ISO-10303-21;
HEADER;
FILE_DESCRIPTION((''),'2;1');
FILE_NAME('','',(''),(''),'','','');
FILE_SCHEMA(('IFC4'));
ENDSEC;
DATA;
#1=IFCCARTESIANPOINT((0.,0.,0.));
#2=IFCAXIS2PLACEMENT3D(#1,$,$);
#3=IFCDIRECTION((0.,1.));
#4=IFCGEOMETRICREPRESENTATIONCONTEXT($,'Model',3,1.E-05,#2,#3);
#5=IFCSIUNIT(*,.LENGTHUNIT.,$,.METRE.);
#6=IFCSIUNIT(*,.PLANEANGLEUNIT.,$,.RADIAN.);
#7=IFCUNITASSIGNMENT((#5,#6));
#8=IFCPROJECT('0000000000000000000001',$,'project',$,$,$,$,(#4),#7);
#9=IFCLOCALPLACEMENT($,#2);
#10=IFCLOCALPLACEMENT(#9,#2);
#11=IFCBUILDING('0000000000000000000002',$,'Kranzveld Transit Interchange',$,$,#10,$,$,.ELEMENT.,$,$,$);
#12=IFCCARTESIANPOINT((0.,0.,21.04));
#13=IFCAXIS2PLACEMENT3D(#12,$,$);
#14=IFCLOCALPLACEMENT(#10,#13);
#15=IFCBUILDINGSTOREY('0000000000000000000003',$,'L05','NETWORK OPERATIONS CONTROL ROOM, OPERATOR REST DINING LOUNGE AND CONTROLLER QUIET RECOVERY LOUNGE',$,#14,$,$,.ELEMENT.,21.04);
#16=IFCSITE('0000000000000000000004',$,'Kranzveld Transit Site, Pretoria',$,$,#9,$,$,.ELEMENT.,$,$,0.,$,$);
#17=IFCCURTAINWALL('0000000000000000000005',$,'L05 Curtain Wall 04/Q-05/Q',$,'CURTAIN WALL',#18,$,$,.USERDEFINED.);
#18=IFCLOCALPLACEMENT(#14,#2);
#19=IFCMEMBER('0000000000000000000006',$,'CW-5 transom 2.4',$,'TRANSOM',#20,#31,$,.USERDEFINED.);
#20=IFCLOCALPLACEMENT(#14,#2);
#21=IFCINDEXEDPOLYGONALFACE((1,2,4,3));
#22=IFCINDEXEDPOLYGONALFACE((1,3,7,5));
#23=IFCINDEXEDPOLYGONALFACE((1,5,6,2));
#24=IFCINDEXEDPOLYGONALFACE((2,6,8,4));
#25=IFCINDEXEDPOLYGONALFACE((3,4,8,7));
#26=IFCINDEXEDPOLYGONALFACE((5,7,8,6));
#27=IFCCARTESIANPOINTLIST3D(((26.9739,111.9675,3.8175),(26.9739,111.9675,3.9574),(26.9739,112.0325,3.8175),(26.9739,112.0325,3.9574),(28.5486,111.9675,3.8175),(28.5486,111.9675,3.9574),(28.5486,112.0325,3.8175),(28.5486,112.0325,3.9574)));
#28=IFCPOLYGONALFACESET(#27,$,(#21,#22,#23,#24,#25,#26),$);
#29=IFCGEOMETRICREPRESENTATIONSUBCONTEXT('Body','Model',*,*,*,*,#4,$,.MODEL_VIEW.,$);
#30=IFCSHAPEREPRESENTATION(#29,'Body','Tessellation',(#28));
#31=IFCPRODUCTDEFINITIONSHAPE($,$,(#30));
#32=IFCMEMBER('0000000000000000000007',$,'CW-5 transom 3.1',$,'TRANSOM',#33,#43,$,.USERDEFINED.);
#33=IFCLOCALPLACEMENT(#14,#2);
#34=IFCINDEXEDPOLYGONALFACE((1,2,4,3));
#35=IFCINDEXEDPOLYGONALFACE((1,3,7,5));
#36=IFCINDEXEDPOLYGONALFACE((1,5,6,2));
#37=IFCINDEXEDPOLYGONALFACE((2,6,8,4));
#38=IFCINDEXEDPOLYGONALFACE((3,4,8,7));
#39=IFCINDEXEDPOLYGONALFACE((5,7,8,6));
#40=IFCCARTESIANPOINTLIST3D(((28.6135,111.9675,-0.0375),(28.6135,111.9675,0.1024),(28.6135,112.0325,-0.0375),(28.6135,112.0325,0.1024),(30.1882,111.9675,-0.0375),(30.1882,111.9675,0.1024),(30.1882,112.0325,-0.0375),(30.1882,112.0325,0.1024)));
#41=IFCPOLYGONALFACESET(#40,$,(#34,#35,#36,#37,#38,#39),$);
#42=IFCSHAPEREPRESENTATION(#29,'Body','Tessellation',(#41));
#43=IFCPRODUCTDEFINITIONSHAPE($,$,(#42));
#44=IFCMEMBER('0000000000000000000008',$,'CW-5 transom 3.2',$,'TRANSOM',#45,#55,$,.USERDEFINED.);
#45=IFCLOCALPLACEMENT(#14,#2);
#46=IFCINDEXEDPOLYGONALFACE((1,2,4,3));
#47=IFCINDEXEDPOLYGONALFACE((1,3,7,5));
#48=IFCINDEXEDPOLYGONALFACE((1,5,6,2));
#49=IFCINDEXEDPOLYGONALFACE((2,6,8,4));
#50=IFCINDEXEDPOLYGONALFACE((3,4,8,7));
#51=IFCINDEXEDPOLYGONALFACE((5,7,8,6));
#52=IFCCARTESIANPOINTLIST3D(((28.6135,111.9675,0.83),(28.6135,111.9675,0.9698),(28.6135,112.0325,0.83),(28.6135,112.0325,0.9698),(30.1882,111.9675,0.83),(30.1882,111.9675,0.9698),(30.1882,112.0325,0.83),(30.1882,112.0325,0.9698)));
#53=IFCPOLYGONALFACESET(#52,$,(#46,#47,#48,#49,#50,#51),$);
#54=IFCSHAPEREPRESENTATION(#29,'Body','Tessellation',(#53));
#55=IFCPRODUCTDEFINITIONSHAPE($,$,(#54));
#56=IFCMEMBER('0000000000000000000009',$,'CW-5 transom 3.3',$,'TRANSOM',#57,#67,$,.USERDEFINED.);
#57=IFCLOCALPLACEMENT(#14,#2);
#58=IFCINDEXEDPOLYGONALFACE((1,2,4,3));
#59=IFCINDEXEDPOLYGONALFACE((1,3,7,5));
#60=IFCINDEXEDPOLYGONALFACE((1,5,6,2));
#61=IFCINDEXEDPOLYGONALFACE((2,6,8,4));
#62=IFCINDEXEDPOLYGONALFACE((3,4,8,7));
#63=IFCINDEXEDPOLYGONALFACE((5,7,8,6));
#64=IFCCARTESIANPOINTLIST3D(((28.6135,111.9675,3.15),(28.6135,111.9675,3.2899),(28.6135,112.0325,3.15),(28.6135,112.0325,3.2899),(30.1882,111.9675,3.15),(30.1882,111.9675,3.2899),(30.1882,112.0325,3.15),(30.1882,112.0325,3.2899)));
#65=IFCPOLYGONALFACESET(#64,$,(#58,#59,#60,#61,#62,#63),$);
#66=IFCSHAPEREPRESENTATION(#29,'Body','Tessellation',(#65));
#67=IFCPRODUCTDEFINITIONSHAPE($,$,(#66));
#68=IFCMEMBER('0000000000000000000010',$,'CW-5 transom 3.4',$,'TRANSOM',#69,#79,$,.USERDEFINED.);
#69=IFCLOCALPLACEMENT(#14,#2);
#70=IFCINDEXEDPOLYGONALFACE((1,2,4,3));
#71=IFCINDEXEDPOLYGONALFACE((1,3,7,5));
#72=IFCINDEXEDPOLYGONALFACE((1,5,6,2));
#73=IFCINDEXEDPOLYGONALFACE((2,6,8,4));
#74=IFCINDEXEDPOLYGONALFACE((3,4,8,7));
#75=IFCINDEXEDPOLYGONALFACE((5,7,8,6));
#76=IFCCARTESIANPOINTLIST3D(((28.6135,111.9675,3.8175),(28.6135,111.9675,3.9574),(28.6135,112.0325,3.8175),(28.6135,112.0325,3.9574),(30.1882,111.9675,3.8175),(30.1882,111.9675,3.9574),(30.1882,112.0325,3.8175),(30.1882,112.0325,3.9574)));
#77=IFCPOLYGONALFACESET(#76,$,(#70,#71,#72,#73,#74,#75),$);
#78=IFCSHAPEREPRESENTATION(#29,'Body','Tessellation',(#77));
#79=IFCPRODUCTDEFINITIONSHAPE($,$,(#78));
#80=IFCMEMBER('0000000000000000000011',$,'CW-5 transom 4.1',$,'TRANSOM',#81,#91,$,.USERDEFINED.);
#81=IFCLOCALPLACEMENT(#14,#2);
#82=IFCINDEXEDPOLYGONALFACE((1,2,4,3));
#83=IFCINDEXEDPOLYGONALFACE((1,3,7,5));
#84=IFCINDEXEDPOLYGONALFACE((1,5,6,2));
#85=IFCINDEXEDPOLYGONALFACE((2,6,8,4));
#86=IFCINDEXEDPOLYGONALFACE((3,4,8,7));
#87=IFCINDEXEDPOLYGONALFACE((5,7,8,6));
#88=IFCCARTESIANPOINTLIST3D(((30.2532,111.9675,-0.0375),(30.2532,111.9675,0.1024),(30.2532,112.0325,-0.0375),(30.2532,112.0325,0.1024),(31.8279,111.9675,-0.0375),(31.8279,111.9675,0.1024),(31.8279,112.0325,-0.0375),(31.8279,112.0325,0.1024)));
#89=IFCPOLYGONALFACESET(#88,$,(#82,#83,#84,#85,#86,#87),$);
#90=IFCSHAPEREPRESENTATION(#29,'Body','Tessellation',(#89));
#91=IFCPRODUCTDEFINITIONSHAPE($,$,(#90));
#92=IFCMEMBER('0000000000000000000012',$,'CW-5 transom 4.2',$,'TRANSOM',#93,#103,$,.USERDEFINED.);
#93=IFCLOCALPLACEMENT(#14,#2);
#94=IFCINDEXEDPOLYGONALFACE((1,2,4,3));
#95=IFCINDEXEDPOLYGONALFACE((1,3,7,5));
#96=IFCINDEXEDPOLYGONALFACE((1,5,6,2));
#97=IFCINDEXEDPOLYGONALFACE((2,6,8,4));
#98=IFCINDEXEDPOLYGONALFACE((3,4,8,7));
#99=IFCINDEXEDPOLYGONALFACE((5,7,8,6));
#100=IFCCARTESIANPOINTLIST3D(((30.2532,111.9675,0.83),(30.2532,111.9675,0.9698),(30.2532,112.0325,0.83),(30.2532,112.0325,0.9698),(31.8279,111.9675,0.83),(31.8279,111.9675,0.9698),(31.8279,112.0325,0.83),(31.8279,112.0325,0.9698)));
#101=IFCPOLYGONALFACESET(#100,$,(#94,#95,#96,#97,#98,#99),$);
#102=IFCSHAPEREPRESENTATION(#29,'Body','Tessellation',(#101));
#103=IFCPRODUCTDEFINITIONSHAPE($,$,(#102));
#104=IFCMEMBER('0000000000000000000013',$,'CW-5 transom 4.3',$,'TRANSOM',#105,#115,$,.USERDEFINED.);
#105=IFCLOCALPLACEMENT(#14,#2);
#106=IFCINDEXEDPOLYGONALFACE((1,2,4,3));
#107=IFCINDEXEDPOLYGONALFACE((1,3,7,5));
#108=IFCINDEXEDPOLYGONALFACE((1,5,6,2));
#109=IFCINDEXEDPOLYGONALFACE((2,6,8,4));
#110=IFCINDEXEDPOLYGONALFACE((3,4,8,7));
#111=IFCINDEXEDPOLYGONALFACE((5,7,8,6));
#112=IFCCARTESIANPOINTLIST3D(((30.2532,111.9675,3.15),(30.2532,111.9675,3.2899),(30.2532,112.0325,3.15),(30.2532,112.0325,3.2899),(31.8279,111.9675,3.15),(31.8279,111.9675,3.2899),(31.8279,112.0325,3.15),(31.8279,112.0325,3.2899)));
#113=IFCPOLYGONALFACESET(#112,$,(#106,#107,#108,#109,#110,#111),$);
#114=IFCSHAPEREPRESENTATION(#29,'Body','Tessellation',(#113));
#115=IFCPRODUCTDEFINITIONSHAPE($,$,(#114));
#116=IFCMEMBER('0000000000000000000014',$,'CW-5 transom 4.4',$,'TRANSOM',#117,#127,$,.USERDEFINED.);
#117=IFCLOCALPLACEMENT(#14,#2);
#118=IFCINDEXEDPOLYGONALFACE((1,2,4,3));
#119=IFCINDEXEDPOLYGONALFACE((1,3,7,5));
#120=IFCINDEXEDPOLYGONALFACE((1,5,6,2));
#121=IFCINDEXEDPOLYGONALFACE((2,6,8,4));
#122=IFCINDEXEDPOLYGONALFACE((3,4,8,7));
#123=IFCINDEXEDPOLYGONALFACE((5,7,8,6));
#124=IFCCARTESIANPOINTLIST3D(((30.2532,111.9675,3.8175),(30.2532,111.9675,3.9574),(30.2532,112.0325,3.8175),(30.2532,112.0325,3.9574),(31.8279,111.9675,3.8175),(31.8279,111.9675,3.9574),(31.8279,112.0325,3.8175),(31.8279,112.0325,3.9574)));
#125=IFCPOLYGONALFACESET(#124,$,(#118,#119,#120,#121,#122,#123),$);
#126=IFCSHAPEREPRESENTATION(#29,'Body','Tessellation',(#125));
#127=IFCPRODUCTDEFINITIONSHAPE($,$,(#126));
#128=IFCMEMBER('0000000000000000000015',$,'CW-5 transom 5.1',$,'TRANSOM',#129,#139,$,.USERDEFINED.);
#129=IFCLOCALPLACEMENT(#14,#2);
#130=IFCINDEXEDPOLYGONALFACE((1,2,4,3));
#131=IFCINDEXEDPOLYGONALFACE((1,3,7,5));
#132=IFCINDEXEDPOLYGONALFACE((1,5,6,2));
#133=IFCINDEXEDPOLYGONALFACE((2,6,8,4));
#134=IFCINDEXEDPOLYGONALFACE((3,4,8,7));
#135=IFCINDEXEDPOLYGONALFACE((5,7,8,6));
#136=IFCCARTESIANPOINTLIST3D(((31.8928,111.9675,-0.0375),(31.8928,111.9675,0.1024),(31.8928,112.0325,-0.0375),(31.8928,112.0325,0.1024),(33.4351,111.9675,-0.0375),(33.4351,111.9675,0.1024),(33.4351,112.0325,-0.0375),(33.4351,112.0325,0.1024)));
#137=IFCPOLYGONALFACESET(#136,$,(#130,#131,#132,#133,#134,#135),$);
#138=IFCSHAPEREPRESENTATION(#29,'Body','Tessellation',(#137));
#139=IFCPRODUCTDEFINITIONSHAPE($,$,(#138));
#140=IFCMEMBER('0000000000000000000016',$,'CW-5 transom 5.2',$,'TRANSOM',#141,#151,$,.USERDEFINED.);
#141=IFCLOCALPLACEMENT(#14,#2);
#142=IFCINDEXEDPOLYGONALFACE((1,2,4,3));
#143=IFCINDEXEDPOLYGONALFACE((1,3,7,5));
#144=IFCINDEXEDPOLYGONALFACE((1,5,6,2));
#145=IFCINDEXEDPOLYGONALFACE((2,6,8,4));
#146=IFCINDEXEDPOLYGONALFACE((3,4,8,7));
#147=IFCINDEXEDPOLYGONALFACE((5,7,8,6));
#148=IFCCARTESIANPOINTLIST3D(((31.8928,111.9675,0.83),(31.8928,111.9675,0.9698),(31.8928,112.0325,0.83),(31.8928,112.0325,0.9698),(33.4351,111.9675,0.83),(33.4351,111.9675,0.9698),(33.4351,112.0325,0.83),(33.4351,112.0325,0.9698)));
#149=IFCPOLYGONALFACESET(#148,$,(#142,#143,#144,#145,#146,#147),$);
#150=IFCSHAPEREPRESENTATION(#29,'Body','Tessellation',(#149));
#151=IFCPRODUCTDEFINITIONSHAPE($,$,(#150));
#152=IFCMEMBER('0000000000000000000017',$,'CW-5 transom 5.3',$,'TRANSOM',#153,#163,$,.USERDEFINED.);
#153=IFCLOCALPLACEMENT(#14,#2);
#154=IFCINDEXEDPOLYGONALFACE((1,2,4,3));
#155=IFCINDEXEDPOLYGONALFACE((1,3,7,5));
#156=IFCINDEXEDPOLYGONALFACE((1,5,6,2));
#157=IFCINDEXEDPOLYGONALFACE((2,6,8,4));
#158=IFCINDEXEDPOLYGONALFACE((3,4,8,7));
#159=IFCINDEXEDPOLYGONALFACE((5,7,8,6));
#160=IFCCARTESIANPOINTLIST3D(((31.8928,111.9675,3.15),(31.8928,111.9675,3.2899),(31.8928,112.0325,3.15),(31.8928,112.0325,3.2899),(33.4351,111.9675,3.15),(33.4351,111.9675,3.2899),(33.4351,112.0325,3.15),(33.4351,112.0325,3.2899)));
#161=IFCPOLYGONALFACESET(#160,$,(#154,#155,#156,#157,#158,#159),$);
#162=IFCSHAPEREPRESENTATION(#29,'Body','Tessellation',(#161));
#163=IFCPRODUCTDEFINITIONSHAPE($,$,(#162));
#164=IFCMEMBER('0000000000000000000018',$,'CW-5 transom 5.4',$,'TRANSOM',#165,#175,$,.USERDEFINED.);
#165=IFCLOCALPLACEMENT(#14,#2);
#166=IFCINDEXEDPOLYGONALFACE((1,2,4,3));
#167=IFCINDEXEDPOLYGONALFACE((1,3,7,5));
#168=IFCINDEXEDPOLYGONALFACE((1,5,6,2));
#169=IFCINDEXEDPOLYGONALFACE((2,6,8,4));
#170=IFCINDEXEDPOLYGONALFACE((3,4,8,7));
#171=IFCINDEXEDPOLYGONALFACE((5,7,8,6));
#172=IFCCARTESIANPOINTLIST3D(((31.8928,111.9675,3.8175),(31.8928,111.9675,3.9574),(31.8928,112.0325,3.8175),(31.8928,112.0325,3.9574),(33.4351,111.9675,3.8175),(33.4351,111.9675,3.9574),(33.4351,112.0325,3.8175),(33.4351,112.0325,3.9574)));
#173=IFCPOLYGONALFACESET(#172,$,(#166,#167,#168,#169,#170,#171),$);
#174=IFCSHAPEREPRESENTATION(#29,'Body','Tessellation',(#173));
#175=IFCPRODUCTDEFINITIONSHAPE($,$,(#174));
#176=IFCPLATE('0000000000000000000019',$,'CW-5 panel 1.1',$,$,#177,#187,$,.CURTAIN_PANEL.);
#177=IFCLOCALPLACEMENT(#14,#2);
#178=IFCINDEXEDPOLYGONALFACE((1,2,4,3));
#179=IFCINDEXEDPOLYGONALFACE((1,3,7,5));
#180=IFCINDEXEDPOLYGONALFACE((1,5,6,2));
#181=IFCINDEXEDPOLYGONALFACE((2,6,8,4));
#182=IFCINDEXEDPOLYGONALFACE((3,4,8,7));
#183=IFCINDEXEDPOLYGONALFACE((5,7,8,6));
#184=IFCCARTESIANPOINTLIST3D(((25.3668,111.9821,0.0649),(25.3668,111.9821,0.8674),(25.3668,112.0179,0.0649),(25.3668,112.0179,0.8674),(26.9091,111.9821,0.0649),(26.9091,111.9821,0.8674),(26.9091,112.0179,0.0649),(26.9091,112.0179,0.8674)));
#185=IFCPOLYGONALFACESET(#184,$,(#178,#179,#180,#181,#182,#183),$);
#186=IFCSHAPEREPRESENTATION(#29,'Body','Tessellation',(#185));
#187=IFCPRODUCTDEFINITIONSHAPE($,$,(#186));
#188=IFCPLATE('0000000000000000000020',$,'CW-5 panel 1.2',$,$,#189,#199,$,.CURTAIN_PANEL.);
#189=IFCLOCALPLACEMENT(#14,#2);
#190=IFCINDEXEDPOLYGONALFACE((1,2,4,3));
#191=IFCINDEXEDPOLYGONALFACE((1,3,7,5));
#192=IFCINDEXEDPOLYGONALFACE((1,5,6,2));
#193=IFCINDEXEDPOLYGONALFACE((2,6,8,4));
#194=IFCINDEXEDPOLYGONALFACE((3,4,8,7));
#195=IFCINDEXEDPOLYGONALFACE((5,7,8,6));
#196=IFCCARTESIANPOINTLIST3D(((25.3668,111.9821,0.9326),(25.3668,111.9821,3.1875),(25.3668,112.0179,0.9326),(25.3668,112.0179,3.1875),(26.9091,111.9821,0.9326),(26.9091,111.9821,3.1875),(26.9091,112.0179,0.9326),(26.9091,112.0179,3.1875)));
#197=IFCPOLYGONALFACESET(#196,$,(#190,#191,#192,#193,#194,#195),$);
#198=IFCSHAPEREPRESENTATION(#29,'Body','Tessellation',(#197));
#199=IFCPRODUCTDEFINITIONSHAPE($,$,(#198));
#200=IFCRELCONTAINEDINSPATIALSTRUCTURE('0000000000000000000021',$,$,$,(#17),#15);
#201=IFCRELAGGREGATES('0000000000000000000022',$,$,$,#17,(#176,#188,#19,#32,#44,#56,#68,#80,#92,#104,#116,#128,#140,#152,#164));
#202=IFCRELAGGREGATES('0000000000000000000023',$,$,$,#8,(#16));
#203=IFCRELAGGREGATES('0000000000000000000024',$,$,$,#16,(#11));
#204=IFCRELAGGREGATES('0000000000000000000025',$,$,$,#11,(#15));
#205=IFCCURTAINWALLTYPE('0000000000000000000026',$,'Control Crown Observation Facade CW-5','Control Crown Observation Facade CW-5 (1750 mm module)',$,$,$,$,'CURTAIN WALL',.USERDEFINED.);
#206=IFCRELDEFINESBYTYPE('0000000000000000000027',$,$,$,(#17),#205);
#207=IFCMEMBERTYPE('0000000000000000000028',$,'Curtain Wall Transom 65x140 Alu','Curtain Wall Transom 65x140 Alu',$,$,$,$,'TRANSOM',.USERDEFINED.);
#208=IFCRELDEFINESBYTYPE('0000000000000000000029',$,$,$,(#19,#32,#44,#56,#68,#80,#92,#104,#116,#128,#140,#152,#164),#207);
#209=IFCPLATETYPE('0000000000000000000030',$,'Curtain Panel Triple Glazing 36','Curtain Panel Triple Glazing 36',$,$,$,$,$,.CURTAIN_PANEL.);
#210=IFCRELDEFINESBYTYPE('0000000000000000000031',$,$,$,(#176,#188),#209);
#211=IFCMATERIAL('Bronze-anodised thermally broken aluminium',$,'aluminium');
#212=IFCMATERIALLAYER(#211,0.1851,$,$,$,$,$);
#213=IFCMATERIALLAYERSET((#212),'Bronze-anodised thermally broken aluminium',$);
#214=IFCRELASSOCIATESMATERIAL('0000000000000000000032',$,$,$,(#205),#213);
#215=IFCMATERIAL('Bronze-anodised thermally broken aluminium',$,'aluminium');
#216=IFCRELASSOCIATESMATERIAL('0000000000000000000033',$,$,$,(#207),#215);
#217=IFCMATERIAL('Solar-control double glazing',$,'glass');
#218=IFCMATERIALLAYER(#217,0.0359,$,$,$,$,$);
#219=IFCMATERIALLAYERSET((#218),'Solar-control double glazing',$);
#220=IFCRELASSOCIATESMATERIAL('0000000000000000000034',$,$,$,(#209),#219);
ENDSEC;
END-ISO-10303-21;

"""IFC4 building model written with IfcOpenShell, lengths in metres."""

from ifc_helpers import new_model, si_unit, direction, frame, origin, origin_2d, place, context, subcontext, project, spatial, rectangle, extrude, material, layer, layer_set, material_profile, profile_set, type_object, element, aggregate, save


model = new_model("IFC4")

# Units and contexts
model_context = context("Model", 3, precision=1e-05, world=origin(), true_north=direction((0.0, 1.0)))
body_context = subcontext(model_context, "Body", "Model", "MODEL_VIEW")
ifc_project = project(units=[si_unit("LENGTHUNIT", "METRE"), si_unit("PLANEANGLEUNIT", "RADIAN")], contexts=[model_context])

# Site, building, storey
site_placement = place(None, origin())
site = spatial("IfcSite", under=ifc_project, at=site_placement, Name="Kranzveld Transit Site, Pretoria", CompositionType="ELEMENT", RefElevation=0.0)
building_placement = place(site_placement, origin())
building = spatial("IfcBuilding", under=site, at=building_placement, Name="Kranzveld Transit Interchange", CompositionType="ELEMENT")
storey_placement = place(building_placement, frame((0.0, 0.0, 21.04)))
storey = spatial("IfcBuildingStorey", under=building, at=storey_placement, Name="L05", Description="NETWORK OPERATIONS CONTROL ROOM, OPERATOR REST DINING LOUNGE AND CONTROLLER QUIET RECOVERY LOUNGE", CompositionType="ELEMENT", Elevation=21.04)

# Curtain wall, members, plates
ifc_material_1 = material(Name="Bronze-anodised thermally broken aluminium", Category="aluminium")
ifc_layer_1 = layer(ifc_material_1, 0.1851)
ifc_layer_set_1 = layer_set([ifc_layer_1], Name="Bronze-anodised thermally broken aluminium")
curtain_wall_type = type_object("IfcCurtainWallType", Name="Control Crown Observation Facade CW-5", Description="Control Crown Observation Facade CW-5 (1750 mm module)", ElementType="CURTAIN WALL", PredefinedType="USERDEFINED", material=ifc_layer_set_1)
curtain_wall_placement = place(storey_placement, origin())
curtain_wall = element("IfcCurtainWall", 1, at=curtain_wall_placement, inside=storey, type_object=curtain_wall_type, Name="L05 Curtain Wall 04/Q-05/Q", ObjectType="CURTAIN WALL", PredefinedType="USERDEFINED")
ifc_material_2 = material(Name="Bronze-anodised thermally broken aluminium", Category="aluminium")
ifc_material_profile_1 = material_profile(ifc_material_2, rectangle(XDim=0.0649, YDim=0.1399, at=origin_2d()), Name="ALU TRANSOM 65x140")
ifc_profile_set_1 = profile_set([ifc_material_profile_1], Name="Bronze-anodised thermally broken aluminium")
member_type_1 = type_object("IfcMemberType", Name="Curtain Wall Transom 65x140 Alu", Description="Curtain Wall Transom 65x140 Alu", ElementType="TRANSOM", PredefinedType="USERDEFINED", material=ifc_profile_set_1)
member_1_placement = place(storey_placement, frame((26.9739, 112.0, 3.8875), z_axis=(1.0, 0.0, 0.0), x_axis=(0.0, 1.0, 0.0)))
member_1 = element("IfcMember", 2, at=member_1_placement, type_object=member_type_1, Name="CW-5 transom 2.4", ObjectType="TRANSOM", PredefinedType="USERDEFINED", context=body_context, shape_type="SweptSolid", body=[
    extrude(rectangle(XDim=0.0649, YDim=0.1399, at=origin_2d()), origin(), (0.0, 0.0, 1.0), 1.5747),
])
member_2_placement = place(storey_placement, frame((28.6135, 112.0, 0.0325), z_axis=(1.0, 0.0, 0.0), x_axis=(0.0, 1.0, 0.0)))
member_2 = element("IfcMember", 3, at=member_2_placement, type_object=member_type_1, Name="CW-5 transom 3.1", ObjectType="TRANSOM", PredefinedType="USERDEFINED", context=body_context, shape_type="SweptSolid", body=[
    extrude(rectangle(XDim=0.0649, YDim=0.1399, at=origin_2d()), origin(), (0.0, 0.0, 1.0), 1.5747),
])
member_3_placement = place(storey_placement, frame((28.6135, 112.0, 0.8999), z_axis=(1.0, 0.0, 0.0), x_axis=(0.0, 1.0, 0.0)))
member_3 = element("IfcMember", 4, at=member_3_placement, type_object=member_type_1, Name="CW-5 transom 3.2", ObjectType="TRANSOM", PredefinedType="USERDEFINED", context=body_context, shape_type="SweptSolid", body=[
    extrude(rectangle(XDim=0.0649, YDim=0.1399, at=origin_2d()), origin(), (0.0, 0.0, 1.0), 1.5747),
])
member_4_placement = place(storey_placement, frame((28.6135, 112.0, 3.22), z_axis=(1.0, 0.0, 0.0), x_axis=(0.0, 1.0, 0.0)))
member_4 = element("IfcMember", 5, at=member_4_placement, type_object=member_type_1, Name="CW-5 transom 3.3", ObjectType="TRANSOM", PredefinedType="USERDEFINED", context=body_context, shape_type="SweptSolid", body=[
    extrude(rectangle(XDim=0.0649, YDim=0.1399, at=origin_2d()), origin(), (0.0, 0.0, 1.0), 1.5747),
])
member_5_placement = place(storey_placement, frame((28.6135, 112.0, 3.8875), z_axis=(1.0, 0.0, 0.0), x_axis=(0.0, 1.0, 0.0)))
member_5 = element("IfcMember", 6, at=member_5_placement, type_object=member_type_1, Name="CW-5 transom 3.4", ObjectType="TRANSOM", PredefinedType="USERDEFINED", context=body_context, shape_type="SweptSolid", body=[
    extrude(rectangle(XDim=0.0649, YDim=0.1399, at=origin_2d()), origin(), (0.0, 0.0, 1.0), 1.5747),
])
member_6_placement = place(storey_placement, frame((30.2532, 112.0, 0.0325), z_axis=(1.0, 0.0, 0.0), x_axis=(0.0, 1.0, 0.0)))
member_6 = element("IfcMember", 7, at=member_6_placement, type_object=member_type_1, Name="CW-5 transom 4.1", ObjectType="TRANSOM", PredefinedType="USERDEFINED", context=body_context, shape_type="SweptSolid", body=[
    extrude(rectangle(XDim=0.0649, YDim=0.1399, at=origin_2d()), origin(), (0.0, 0.0, 1.0), 1.5747),
])
member_7_placement = place(storey_placement, frame((30.2532, 112.0, 0.8999), z_axis=(1.0, 0.0, 0.0), x_axis=(0.0, 1.0, 0.0)))
member_7 = element("IfcMember", 8, at=member_7_placement, type_object=member_type_1, Name="CW-5 transom 4.2", ObjectType="TRANSOM", PredefinedType="USERDEFINED", context=body_context, shape_type="SweptSolid", body=[
    extrude(rectangle(XDim=0.0649, YDim=0.1399, at=origin_2d()), origin(), (0.0, 0.0, 1.0), 1.5747),
])
member_8_placement = place(storey_placement, frame((30.2532, 112.0, 3.22), z_axis=(1.0, 0.0, 0.0), x_axis=(0.0, 1.0, 0.0)))
member_8 = element("IfcMember", 9, at=member_8_placement, type_object=member_type_1, Name="CW-5 transom 4.3", ObjectType="TRANSOM", PredefinedType="USERDEFINED", context=body_context, shape_type="SweptSolid", body=[
    extrude(rectangle(XDim=0.0649, YDim=0.1399, at=origin_2d()), origin(), (0.0, 0.0, 1.0), 1.5747),
])
member_9_placement = place(storey_placement, frame((30.2532, 112.0, 3.8875), z_axis=(1.0, 0.0, 0.0), x_axis=(0.0, 1.0, 0.0)))
member_9 = element("IfcMember", 10, at=member_9_placement, type_object=member_type_1, Name="CW-5 transom 4.4", ObjectType="TRANSOM", PredefinedType="USERDEFINED", context=body_context, shape_type="SweptSolid", body=[
    extrude(rectangle(XDim=0.0649, YDim=0.1399, at=origin_2d()), origin(), (0.0, 0.0, 1.0), 1.5747),
])
member_10_placement = place(storey_placement, frame((31.8928, 112.0, 0.0325), z_axis=(1.0, 0.0, 0.0), x_axis=(0.0, 1.0, 0.0)))
member_10 = element("IfcMember", 11, at=member_10_placement, type_object=member_type_1, Name="CW-5 transom 5.1", ObjectType="TRANSOM", PredefinedType="USERDEFINED", context=body_context, shape_type="SweptSolid", body=[
    extrude(rectangle(XDim=0.0649, YDim=0.1399, at=origin_2d()), origin(), (0.0, 0.0, 1.0), 1.5422),
])
member_11_placement = place(storey_placement, frame((31.8928, 112.0, 0.8999), z_axis=(1.0, 0.0, 0.0), x_axis=(0.0, 1.0, 0.0)))
member_11 = element("IfcMember", 12, at=member_11_placement, type_object=member_type_1, Name="CW-5 transom 5.2", ObjectType="TRANSOM", PredefinedType="USERDEFINED", context=body_context, shape_type="SweptSolid", body=[
    extrude(rectangle(XDim=0.0649, YDim=0.1399, at=origin_2d()), origin(), (0.0, 0.0, 1.0), 1.5422),
])
member_12_placement = place(storey_placement, frame((31.8928, 112.0, 3.22), z_axis=(1.0, 0.0, 0.0), x_axis=(0.0, 1.0, 0.0)))
member_12 = element("IfcMember", 13, at=member_12_placement, type_object=member_type_1, Name="CW-5 transom 5.3", ObjectType="TRANSOM", PredefinedType="USERDEFINED", context=body_context, shape_type="SweptSolid", body=[
    extrude(rectangle(XDim=0.0649, YDim=0.1399, at=origin_2d()), origin(), (0.0, 0.0, 1.0), 1.5422),
])
member_13_placement = place(storey_placement, frame((31.8928, 112.0, 3.8875), z_axis=(1.0, 0.0, 0.0), x_axis=(0.0, 1.0, 0.0)))
member_13 = element("IfcMember", 14, at=member_13_placement, type_object=member_type_1, Name="CW-5 transom 5.4", ObjectType="TRANSOM", PredefinedType="USERDEFINED", context=body_context, shape_type="SweptSolid", body=[
    extrude(rectangle(XDim=0.0649, YDim=0.1399, at=origin_2d()), origin(), (0.0, 0.0, 1.0), 1.5422),
])
ifc_material_3 = material(Name="Solar-control double glazing", Category="glass")
ifc_layer_2 = layer(ifc_material_3, 0.0359)
ifc_layer_set_2 = layer_set([ifc_layer_2], Name="Solar-control double glazing")
plate_type = type_object("IfcPlateType", Name="Curtain Panel Triple Glazing 36", Description="Curtain Panel Triple Glazing 36", PredefinedType="CURTAIN_PANEL", material=ifc_layer_set_2)
plate_1_placement = place(storey_placement, frame((26.1379, 112.0, 0.0649), z_axis=(0.0, 0.0, 1.0), x_axis=(1.0, 0.0, 0.0)))
plate_1 = element("IfcPlate", 15, at=plate_1_placement, type_object=plate_type, Name="CW-5 panel 1.1", PredefinedType="CURTAIN_PANEL", context=body_context, shape_type="SweptSolid", body=[
    extrude(rectangle(XDim=1.5422, YDim=0.0359, at=origin_2d()), origin(), (0.0, 0.0, 1.0), 0.8025),
])
plate_2_placement = place(storey_placement, frame((26.1379, 112.0, 0.9326), z_axis=(0.0, 0.0, 1.0), x_axis=(1.0, 0.0, 0.0)))
plate_2 = element("IfcPlate", 16, at=plate_2_placement, type_object=plate_type, Name="CW-5 panel 1.2", PredefinedType="CURTAIN_PANEL", context=body_context, shape_type="SweptSolid", body=[
    extrude(rectangle(XDim=1.5422, YDim=0.0359, at=origin_2d()), origin(), (0.0, 0.0, 1.0), 2.2549),
])
aggregate(curtain_wall, [plate_1, plate_2, member_1, member_2, member_3, member_4, member_5, member_6, member_7, member_8, member_9, member_10, member_11, member_12, member_13])

save(model, "model.ifc")
